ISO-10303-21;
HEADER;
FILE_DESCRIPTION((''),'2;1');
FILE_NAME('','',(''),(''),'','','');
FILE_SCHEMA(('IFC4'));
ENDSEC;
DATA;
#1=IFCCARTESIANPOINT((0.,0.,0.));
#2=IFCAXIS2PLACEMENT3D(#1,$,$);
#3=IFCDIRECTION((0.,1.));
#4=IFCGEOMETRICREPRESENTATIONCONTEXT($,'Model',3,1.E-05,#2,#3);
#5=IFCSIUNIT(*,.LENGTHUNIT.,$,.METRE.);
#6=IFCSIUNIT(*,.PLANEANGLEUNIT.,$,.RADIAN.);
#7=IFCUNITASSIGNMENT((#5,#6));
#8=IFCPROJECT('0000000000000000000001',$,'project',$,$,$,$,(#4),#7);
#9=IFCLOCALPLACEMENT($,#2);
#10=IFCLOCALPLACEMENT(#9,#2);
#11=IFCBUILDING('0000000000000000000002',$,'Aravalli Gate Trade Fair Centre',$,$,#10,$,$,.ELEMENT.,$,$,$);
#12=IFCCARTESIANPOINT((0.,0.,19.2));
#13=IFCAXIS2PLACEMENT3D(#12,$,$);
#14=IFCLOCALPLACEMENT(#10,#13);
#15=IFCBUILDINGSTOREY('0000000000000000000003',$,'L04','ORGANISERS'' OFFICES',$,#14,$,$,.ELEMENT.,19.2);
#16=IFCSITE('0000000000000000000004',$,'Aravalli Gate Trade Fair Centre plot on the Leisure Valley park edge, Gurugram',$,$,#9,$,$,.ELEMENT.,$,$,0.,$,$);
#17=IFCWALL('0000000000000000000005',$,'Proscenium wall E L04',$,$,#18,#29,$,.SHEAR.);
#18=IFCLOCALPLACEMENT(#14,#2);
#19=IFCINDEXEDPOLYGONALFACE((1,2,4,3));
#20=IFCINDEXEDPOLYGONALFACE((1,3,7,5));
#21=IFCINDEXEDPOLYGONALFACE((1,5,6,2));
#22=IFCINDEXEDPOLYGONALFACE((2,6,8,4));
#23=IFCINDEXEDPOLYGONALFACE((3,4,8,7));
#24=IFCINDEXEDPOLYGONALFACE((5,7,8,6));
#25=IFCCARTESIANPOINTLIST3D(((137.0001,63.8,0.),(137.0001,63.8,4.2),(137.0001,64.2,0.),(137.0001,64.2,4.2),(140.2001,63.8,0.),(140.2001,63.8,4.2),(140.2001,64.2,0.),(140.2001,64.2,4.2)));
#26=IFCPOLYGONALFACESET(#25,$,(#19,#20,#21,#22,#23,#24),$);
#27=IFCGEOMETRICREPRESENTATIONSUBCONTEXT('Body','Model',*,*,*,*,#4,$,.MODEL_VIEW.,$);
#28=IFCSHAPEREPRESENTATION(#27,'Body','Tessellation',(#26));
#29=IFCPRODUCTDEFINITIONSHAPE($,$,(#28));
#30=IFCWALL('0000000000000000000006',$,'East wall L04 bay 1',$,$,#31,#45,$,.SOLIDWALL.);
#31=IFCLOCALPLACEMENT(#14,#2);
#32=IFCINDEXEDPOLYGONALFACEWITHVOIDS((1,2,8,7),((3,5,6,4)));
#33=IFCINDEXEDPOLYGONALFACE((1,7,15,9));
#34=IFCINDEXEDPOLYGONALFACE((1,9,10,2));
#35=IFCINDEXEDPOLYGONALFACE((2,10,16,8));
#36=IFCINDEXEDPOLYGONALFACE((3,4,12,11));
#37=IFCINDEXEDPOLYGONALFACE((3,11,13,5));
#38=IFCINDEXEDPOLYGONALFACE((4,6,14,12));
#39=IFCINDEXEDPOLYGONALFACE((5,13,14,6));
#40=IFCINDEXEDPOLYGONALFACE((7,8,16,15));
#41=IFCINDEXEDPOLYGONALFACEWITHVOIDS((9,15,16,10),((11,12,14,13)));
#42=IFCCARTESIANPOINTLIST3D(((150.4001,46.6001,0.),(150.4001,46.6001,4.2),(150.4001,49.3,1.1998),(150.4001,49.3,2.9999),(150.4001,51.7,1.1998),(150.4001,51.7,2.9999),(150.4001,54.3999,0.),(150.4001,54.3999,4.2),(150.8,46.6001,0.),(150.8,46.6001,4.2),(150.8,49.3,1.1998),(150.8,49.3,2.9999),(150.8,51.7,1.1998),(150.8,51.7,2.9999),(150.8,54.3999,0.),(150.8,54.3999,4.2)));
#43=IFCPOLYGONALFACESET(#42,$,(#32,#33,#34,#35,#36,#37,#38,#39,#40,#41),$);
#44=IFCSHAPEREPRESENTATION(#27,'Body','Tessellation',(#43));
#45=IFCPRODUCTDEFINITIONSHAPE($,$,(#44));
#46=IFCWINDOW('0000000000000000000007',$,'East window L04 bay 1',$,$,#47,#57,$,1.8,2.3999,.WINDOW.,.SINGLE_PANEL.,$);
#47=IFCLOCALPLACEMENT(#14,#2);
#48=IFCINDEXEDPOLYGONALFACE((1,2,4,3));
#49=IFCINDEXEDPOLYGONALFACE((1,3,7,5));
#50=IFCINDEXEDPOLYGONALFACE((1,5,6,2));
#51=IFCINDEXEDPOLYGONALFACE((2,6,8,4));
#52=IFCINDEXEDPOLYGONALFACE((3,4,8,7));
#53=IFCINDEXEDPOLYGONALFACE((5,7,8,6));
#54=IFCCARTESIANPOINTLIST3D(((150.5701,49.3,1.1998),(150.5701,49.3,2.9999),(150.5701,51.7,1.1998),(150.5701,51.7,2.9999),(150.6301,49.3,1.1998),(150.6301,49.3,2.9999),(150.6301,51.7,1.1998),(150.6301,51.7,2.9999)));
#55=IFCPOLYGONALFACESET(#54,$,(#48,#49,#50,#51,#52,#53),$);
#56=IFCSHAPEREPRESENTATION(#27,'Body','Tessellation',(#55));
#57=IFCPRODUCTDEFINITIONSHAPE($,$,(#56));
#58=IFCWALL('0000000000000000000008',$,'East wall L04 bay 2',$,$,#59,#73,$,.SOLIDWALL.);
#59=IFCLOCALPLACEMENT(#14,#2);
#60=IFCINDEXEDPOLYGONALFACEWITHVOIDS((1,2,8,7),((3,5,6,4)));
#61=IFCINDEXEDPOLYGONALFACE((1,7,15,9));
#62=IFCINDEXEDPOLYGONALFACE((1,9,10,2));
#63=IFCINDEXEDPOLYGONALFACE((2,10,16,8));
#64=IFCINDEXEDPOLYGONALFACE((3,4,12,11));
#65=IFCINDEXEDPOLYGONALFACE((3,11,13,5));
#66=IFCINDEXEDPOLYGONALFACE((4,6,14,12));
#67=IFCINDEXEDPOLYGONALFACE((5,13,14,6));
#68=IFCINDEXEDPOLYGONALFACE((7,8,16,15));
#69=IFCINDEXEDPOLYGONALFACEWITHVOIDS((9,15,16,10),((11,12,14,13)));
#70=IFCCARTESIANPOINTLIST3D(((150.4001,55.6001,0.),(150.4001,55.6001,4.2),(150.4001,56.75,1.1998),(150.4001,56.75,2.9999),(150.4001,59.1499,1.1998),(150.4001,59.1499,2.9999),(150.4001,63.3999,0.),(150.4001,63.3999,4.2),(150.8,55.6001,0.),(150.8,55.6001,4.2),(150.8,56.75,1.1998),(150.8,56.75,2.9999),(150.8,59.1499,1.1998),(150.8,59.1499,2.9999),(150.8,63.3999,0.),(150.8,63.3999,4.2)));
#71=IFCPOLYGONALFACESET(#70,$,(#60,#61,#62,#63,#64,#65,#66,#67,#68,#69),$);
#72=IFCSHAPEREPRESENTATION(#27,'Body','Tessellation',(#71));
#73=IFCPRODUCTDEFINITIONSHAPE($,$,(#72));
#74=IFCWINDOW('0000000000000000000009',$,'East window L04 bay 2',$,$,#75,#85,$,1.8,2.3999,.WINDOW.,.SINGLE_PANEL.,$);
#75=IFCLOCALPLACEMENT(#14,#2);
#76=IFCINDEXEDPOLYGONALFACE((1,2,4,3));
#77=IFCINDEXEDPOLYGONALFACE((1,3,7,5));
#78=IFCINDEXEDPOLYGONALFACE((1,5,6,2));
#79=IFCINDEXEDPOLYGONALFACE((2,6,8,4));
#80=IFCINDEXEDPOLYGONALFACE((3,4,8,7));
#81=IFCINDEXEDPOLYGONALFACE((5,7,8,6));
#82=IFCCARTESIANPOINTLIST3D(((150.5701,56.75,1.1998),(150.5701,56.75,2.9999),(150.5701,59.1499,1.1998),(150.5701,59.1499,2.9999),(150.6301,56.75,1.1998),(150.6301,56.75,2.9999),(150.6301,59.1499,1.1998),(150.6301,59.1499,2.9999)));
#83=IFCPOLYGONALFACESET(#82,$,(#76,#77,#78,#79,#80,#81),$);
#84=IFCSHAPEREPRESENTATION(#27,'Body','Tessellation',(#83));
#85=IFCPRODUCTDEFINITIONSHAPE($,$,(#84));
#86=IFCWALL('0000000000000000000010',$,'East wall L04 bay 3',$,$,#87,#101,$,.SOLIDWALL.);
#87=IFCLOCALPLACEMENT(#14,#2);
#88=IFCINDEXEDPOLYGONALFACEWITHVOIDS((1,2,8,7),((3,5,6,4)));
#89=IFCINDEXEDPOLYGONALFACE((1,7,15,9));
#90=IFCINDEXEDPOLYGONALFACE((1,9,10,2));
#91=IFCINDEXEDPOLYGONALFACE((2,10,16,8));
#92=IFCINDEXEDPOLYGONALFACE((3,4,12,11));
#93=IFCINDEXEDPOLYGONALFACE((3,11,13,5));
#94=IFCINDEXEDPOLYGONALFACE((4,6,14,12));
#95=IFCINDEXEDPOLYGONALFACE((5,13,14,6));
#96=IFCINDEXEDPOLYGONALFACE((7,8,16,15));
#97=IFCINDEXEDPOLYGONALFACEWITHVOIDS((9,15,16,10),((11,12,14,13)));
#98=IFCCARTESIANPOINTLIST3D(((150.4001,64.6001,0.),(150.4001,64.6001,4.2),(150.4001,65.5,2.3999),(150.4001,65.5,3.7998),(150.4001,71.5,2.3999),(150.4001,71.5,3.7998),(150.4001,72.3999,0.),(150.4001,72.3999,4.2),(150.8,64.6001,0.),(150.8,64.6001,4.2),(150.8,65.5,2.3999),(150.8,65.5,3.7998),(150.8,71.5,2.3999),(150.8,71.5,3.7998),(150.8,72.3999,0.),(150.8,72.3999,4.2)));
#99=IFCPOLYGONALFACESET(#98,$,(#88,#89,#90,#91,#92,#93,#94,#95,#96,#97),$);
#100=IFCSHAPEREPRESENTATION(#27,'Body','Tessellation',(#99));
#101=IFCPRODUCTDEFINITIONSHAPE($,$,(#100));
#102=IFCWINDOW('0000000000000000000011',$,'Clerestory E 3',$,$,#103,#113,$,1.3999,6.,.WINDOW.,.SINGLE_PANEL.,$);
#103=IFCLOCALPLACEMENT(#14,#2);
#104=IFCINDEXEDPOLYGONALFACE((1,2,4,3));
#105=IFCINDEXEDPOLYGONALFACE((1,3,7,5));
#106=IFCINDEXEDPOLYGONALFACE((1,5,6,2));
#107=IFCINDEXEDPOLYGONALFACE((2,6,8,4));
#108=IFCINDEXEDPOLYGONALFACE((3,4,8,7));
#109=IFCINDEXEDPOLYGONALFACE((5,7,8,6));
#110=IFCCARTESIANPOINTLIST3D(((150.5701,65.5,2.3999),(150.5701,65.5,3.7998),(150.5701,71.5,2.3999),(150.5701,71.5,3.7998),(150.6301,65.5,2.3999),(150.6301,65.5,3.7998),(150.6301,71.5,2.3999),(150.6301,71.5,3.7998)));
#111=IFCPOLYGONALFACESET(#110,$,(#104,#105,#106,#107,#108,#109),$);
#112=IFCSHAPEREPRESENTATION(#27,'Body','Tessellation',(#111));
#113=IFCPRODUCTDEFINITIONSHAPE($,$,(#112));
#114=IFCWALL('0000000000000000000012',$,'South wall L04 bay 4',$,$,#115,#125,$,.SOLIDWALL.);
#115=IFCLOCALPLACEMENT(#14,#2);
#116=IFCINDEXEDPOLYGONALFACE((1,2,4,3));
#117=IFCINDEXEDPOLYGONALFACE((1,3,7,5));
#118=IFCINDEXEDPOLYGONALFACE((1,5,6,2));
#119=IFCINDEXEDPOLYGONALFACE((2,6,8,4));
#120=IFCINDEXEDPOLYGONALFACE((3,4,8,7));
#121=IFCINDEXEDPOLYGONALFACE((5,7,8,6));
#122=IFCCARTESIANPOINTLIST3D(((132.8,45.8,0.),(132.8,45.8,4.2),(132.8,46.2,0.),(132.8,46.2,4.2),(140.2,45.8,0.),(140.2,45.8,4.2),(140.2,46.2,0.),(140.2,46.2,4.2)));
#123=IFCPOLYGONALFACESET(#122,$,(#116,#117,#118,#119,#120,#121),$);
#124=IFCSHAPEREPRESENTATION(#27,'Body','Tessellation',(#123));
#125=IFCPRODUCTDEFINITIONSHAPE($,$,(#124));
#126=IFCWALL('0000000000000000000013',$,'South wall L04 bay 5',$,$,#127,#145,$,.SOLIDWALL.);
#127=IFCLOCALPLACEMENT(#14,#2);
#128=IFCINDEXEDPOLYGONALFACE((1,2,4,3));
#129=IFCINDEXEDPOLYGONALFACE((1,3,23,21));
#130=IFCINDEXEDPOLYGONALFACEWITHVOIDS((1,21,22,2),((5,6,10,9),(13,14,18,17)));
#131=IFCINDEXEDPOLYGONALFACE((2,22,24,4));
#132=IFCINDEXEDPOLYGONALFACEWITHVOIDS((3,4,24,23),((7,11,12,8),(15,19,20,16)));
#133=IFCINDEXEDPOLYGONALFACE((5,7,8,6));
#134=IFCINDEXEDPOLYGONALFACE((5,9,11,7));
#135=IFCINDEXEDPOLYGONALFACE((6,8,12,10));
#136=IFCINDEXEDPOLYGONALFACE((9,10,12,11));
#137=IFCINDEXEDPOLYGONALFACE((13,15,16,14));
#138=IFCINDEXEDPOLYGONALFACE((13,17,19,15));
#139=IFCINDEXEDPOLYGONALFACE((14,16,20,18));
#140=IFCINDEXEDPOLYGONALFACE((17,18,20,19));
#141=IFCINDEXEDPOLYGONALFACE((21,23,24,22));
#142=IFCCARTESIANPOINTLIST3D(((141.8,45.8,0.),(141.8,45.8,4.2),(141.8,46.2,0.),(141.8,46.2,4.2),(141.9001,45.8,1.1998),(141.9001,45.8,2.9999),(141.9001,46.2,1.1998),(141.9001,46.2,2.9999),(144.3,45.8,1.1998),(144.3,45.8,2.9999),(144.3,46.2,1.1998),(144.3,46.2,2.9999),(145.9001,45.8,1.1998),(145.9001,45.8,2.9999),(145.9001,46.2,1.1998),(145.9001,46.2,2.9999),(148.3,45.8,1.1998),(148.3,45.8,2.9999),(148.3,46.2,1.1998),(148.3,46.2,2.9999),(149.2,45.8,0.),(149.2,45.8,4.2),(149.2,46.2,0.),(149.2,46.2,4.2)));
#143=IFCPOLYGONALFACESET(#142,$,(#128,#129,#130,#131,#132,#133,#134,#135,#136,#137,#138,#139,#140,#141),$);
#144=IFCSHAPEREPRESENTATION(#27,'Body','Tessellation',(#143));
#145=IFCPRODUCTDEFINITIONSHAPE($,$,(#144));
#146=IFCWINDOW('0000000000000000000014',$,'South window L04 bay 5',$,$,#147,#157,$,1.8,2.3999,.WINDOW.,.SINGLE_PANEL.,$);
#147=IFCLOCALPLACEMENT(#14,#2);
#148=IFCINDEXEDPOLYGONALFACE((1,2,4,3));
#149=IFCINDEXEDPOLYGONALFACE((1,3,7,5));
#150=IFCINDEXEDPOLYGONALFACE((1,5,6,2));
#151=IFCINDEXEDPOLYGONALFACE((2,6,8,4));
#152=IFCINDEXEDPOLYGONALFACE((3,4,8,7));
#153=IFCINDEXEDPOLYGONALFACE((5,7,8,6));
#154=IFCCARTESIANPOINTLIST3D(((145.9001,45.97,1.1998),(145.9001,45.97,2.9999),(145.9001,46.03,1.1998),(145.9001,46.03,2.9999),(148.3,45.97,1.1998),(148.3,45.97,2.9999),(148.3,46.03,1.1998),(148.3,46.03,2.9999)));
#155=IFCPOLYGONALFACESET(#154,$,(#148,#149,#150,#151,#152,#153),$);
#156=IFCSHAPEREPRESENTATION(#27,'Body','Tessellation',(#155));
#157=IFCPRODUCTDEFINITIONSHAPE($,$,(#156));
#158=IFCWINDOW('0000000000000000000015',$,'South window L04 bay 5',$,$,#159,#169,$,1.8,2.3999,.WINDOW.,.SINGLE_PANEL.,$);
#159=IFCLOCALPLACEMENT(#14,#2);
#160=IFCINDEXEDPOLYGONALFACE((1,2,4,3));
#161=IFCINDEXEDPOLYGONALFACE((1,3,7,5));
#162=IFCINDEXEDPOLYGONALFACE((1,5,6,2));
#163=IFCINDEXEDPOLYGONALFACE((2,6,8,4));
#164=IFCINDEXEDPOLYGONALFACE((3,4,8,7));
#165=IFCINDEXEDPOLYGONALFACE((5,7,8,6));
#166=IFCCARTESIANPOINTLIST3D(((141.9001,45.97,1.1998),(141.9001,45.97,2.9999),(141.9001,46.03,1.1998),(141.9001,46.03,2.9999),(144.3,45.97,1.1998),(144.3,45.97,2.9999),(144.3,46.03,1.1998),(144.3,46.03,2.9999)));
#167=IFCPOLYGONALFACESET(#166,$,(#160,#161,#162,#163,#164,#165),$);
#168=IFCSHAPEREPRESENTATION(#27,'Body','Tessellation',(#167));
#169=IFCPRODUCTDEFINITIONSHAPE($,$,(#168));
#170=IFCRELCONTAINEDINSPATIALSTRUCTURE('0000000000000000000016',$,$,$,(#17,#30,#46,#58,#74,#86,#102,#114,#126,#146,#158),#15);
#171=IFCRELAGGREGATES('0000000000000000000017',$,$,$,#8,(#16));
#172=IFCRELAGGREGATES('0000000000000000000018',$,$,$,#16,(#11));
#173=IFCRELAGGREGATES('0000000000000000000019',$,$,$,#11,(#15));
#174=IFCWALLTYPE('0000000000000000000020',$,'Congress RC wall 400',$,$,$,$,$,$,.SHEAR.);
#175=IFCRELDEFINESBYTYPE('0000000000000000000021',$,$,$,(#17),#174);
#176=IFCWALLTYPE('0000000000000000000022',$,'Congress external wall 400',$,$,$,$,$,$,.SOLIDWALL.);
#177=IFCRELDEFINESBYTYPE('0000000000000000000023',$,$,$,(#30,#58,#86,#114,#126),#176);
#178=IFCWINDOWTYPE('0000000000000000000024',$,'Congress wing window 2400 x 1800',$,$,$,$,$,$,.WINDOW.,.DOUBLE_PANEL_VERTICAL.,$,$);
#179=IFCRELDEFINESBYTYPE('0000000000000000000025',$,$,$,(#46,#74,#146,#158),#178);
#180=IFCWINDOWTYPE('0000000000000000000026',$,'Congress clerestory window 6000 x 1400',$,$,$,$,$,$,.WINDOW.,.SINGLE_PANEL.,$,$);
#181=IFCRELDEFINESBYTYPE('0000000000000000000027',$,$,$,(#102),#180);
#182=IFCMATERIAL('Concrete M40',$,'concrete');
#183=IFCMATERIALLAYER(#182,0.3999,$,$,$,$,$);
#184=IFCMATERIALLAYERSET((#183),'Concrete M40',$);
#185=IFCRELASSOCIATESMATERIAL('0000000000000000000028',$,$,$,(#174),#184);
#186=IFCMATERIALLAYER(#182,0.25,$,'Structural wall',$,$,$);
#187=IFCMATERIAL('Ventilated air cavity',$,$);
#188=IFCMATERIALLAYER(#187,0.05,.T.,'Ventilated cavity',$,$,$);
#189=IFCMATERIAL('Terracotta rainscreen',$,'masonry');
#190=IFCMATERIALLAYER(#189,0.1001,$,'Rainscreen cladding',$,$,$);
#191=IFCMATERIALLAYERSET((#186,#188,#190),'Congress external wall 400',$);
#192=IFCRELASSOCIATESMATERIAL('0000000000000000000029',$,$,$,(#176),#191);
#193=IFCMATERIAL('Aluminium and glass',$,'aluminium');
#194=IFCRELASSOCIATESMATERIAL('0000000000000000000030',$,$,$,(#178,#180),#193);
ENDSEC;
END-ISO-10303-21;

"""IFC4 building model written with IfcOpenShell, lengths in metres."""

from ifc_helpers import new_model, si_unit, direction, frame, frame_2d, origin, place, context, subcontext, project, spatial, rectangle, extrude, material, layer, layer_set, type_object, element, fill, save


model = new_model("IFC4")

# Units and contexts
model_context = context("Model", 3, precision=1e-05, world=origin(), true_north=direction((0.0, 1.0)))
body_context = subcontext(model_context, "Body", "Model", "MODEL_VIEW")
ifc_project = project(units=[si_unit("LENGTHUNIT", "METRE"), si_unit("PLANEANGLEUNIT", "RADIAN")], contexts=[model_context])

# Site, building, storey
site_placement = place(None, origin())
site = spatial("IfcSite", under=ifc_project, at=site_placement, Name="Aravalli Gate Trade Fair Centre plot on the Leisure Valley park edge, Gurugram", CompositionType="ELEMENT", RefElevation=0.0)
building_placement = place(site_placement, origin())
building = spatial("IfcBuilding", under=site, at=building_placement, Name="Aravalli Gate Trade Fair Centre", CompositionType="ELEMENT")
storey_placement = place(building_placement, frame((0.0, 0.0, 19.2)))
storey = spatial("IfcBuildingStorey", under=building, at=storey_placement, Name="L04", Description="ORGANISERS' OFFICES", CompositionType="ELEMENT", Elevation=19.2)

# Shared definitions
ifc_material_1 = material(Name="Concrete M40", Category="concrete")

# Wall
ifc_layer_1 = layer(ifc_material_1, 0.3999)
ifc_layer_set_1 = layer_set([ifc_layer_1], Name="Concrete M40")
wall_type_1 = type_object("IfcWallType", Name="Congress RC wall 400", PredefinedType="SHEAR", material=ifc_layer_set_1)
wall_1_placement = place(storey_placement, frame((137.0, 64.0, 0.0), z_axis=(0.0, 0.0, 1.0), x_axis=(1.0, 0.0, 0.0)))
element("IfcWall", 1, at=wall_1_placement, inside=storey, type_object=wall_type_1, Name="Proscenium wall E L04", PredefinedType="SHEAR", context=body_context, shape_type="SweptSolid", body=[
    extrude(rectangle(XDim=3.2, YDim=0.3999, at=frame_2d((1.6001, 0.0))), origin(), (0.0, 0.0, 1.0), 4.2),
])

# Walls, openings, windows
ifc_layer_2 = layer(ifc_material_1, 0.25, Name="Structural wall")
ifc_material_2 = material(Name="Ventilated air cavity")
ifc_layer_3 = layer(ifc_material_2, 0.05, ventilated=True, Name="Ventilated cavity")
ifc_material_3 = material(Name="Terracotta rainscreen", Category="masonry")
ifc_layer_4 = layer(ifc_material_3, 0.1001, Name="Rainscreen cladding")
ifc_layer_set_2 = layer_set([ifc_layer_2, ifc_layer_3, ifc_layer_4], Name="Congress external wall 400")
wall_type_2 = type_object("IfcWallType", Name="Congress external wall 400", PredefinedType="SOLIDWALL", material=ifc_layer_set_2)
wall_2_placement = place(storey_placement, frame((150.6001, 46.6001, 0.0), z_axis=(0.0, 0.0, 1.0), x_axis=(0.0, 1.0, 0.0)))
wall_2 = element("IfcWall", 2, at=wall_2_placement, inside=storey, type_object=wall_type_2, Name="East wall L04 bay 1", PredefinedType="SOLIDWALL", context=body_context, shape_type="SweptSolid", body=[
    extrude(rectangle(XDim=7.7998, YDim=0.3999, at=frame_2d((3.8999, 0.0))), origin(), (0.0, 0.0, 1.0), 4.2),
])
opening_1_placement = place(wall_2_placement, frame((2.7, 0.0, 1.2)))
opening_1 = element("IfcOpeningElement", 3, at=opening_1_placement, cuts=wall_2, PredefinedType="OPENING", context=body_context, shape_type="SweptSolid", body=[
    extrude(rectangle(XDim=2.3999, YDim=1.8, at=frame_2d((1.2, 0.8999))), frame((0.0, 0.21, 0.0), z_axis=(0.0, -1.0, 0.0), x_axis=(1.0, 0.0, 0.0)), (0.0, 0.0, 1.0), 0.4199),
])
ifc_material_4 = material(Name="Aluminium and glass", Category="aluminium")
window_type_1 = type_object("IfcWindowType", Name="Congress wing window 2400 x 1800", PartitioningType="DOUBLE_PANEL_VERTICAL", PredefinedType="WINDOW", material=ifc_material_4)
window_1_placement = place(opening_1_placement, origin())
window_1 = element("IfcWindow", 4, at=window_1_placement, inside=storey, type_object=window_type_1, Name="East window L04 bay 1", OverallHeight=1.8, OverallWidth=2.3999, PartitioningType="SINGLE_PANEL", PredefinedType="WINDOW", context=body_context, shape_type="SweptSolid", body=[
    extrude(rectangle(XDim=2.3999, YDim=1.8, at=frame_2d((1.2, 0.8999))), frame((0.0, 0.03, 0.0), z_axis=(0.0, -1.0, 0.0), x_axis=(1.0, 0.0, 0.0)), (0.0, 0.0, 1.0), 0.0601),
])
fill(opening_1, window_1)
wall_3_placement = place(storey_placement, frame((150.6001, 55.6001, 0.0), z_axis=(0.0, 0.0, 1.0), x_axis=(0.0, 1.0, 0.0)))
wall_3 = element("IfcWall", 5, at=wall_3_placement, inside=storey, type_object=wall_type_2, Name="East wall L04 bay 2", PredefinedType="SOLIDWALL", context=body_context, shape_type="SweptSolid", body=[
    extrude(rectangle(XDim=7.7998, YDim=0.3999, at=frame_2d((3.8999, 0.0))), origin(), (0.0, 0.0, 1.0), 4.2),
])
opening_2_placement = place(wall_3_placement, frame((1.1499, 0.0, 1.2)))
opening_2 = element("IfcOpeningElement", 6, at=opening_2_placement, cuts=wall_3, PredefinedType="OPENING", context=body_context, shape_type="SweptSolid", body=[
    extrude(rectangle(XDim=2.3999, YDim=1.8, at=frame_2d((1.2, 0.8999))), frame((0.0, 0.21, 0.0), z_axis=(0.0, -1.0, 0.0), x_axis=(1.0, 0.0, 0.0)), (0.0, 0.0, 1.0), 0.4199),
])
window_2_placement = place(opening_2_placement, origin())
window_2 = element("IfcWindow", 7, at=window_2_placement, inside=storey, type_object=window_type_1, Name="East window L04 bay 2", OverallHeight=1.8, OverallWidth=2.3999, PartitioningType="SINGLE_PANEL", PredefinedType="WINDOW", context=body_context, shape_type="SweptSolid", body=[
    extrude(rectangle(XDim=2.3999, YDim=1.8, at=frame_2d((1.2, 0.8999))), frame((0.0, 0.03, 0.0), z_axis=(0.0, -1.0, 0.0), x_axis=(1.0, 0.0, 0.0)), (0.0, 0.0, 1.0), 0.0601),
])
fill(opening_2, window_2)
wall_4_placement = place(storey_placement, frame((150.6001, 64.6001, 0.0), z_axis=(0.0, 0.0, 1.0), x_axis=(0.0, 1.0, 0.0)))
wall_4 = element("IfcWall", 8, at=wall_4_placement, inside=storey, type_object=wall_type_2, Name="East wall L04 bay 3", PredefinedType="SOLIDWALL", context=body_context, shape_type="SweptSolid", body=[
    extrude(rectangle(XDim=7.7998, YDim=0.3999, at=frame_2d((3.8999, 0.0))), origin(), (0.0, 0.0, 1.0), 4.2),
])
opening_3_placement = place(wall_4_placement, frame((0.8999, 0.0, 2.3999)))
opening_3 = element("IfcOpeningElement", 9, at=opening_3_placement, cuts=wall_4, PredefinedType="OPENING", context=body_context, shape_type="SweptSolid", body=[
    extrude(rectangle(XDim=6.0, YDim=1.3999, at=frame_2d((3.0, 0.7))), frame((0.0, 0.21, 0.0), z_axis=(0.0, -1.0, 0.0), x_axis=(1.0, 0.0, 0.0)), (0.0, 0.0, 1.0), 0.4199),
])
window_type_2 = type_object("IfcWindowType", Name="Congress clerestory window 6000 x 1400", PartitioningType="SINGLE_PANEL", PredefinedType="WINDOW", material=ifc_material_4)
window_3_placement = place(opening_3_placement, origin())
window_3 = element("IfcWindow", 10, at=window_3_placement, inside=storey, type_object=window_type_2, Name="Clerestory E 3", OverallHeight=1.3999, OverallWidth=6.0, PartitioningType="SINGLE_PANEL", PredefinedType="WINDOW", context=body_context, shape_type="SweptSolid", body=[
    extrude(rectangle(XDim=6.0, YDim=1.3999, at=frame_2d((3.0, 0.7))), frame((0.0, 0.03, 0.0), z_axis=(0.0, -1.0, 0.0), x_axis=(1.0, 0.0, 0.0)), (0.0, 0.0, 1.0), 0.0601),
])
fill(opening_3, window_3)

# Wall
wall_5_placement = place(storey_placement, frame((132.8, 46.0, 0.0), z_axis=(0.0, 0.0, 1.0), x_axis=(1.0, 0.0, 0.0)))
element("IfcWall", 11, at=wall_5_placement, inside=storey, type_object=wall_type_2, Name="South wall L04 bay 4", PredefinedType="SOLIDWALL", context=body_context, shape_type="SweptSolid", body=[
    extrude(rectangle(XDim=7.3999, YDim=0.3999, at=frame_2d((3.7, 0.0))), origin(), (0.0, 0.0, 1.0), 4.2),
])

# Wall, openings, windows
wall_6_placement = place(storey_placement, frame((141.8, 46.0, 0.0), z_axis=(0.0, 0.0, 1.0), x_axis=(1.0, 0.0, 0.0)))
wall_6 = element("IfcWall", 12, at=wall_6_placement, inside=storey, type_object=wall_type_2, Name="South wall L04 bay 5", PredefinedType="SOLIDWALL", context=body_context, shape_type="SweptSolid", body=[
    extrude(rectangle(XDim=7.3999, YDim=0.3999, at=frame_2d((3.7, 0.0))), origin(), (0.0, 0.0, 1.0), 4.2),
])
opening_4_placement = place(wall_6_placement, frame((4.1001, 0.0, 1.2)))
opening_4 = element("IfcOpeningElement", 13, at=opening_4_placement, cuts=wall_6, PredefinedType="OPENING", context=body_context, shape_type="SweptSolid", body=[
    extrude(rectangle(XDim=2.3999, YDim=1.8, at=frame_2d((1.2, 0.8999))), frame((0.0, 0.21, 0.0), z_axis=(0.0, -1.0, 0.0), x_axis=(1.0, 0.0, 0.0)), (0.0, 0.0, 1.0), 0.4199),
])
opening_5_placement = place(wall_6_placement, frame((0.1001, 0.0, 1.2)))
opening_5 = element("IfcOpeningElement", 14, at=opening_5_placement, cuts=wall_6, PredefinedType="OPENING", context=body_context, shape_type="SweptSolid", body=[
    extrude(rectangle(XDim=2.3999, YDim=1.8, at=frame_2d((1.2, 0.8999))), frame((0.0, 0.21, 0.0), z_axis=(0.0, -1.0, 0.0), x_axis=(1.0, 0.0, 0.0)), (0.0, 0.0, 1.0), 0.4199),
])
window_4_placement = place(opening_4_placement, origin())
window_4 = element("IfcWindow", 15, at=window_4_placement, inside=storey, type_object=window_type_1, Name="South window L04 bay 5", OverallHeight=1.8, OverallWidth=2.3999, PartitioningType="SINGLE_PANEL", PredefinedType="WINDOW", context=body_context, shape_type="SweptSolid", body=[
    extrude(rectangle(XDim=2.3999, YDim=1.8, at=frame_2d((1.2, 0.8999))), frame((0.0, 0.03, 0.0), z_axis=(0.0, -1.0, 0.0), x_axis=(1.0, 0.0, 0.0)), (0.0, 0.0, 1.0), 0.0601),
])
fill(opening_4, window_4)
window_5_placement = place(opening_5_placement, origin())
window_5 = element("IfcWindow", 16, at=window_5_placement, inside=storey, type_object=window_type_1, Name="South window L04 bay 5", OverallHeight=1.8, OverallWidth=2.3999, PartitioningType="SINGLE_PANEL", PredefinedType="WINDOW", context=body_context, shape_type="SweptSolid", body=[
    extrude(rectangle(XDim=2.3999, YDim=1.8, at=frame_2d((1.2, 0.8999))), frame((0.0, 0.03, 0.0), z_axis=(0.0, -1.0, 0.0), x_axis=(1.0, 0.0, 0.0)), (0.0, 0.0, 1.0), 0.0601),
])
fill(opening_5, window_5)

save(model, "model.ifc")
